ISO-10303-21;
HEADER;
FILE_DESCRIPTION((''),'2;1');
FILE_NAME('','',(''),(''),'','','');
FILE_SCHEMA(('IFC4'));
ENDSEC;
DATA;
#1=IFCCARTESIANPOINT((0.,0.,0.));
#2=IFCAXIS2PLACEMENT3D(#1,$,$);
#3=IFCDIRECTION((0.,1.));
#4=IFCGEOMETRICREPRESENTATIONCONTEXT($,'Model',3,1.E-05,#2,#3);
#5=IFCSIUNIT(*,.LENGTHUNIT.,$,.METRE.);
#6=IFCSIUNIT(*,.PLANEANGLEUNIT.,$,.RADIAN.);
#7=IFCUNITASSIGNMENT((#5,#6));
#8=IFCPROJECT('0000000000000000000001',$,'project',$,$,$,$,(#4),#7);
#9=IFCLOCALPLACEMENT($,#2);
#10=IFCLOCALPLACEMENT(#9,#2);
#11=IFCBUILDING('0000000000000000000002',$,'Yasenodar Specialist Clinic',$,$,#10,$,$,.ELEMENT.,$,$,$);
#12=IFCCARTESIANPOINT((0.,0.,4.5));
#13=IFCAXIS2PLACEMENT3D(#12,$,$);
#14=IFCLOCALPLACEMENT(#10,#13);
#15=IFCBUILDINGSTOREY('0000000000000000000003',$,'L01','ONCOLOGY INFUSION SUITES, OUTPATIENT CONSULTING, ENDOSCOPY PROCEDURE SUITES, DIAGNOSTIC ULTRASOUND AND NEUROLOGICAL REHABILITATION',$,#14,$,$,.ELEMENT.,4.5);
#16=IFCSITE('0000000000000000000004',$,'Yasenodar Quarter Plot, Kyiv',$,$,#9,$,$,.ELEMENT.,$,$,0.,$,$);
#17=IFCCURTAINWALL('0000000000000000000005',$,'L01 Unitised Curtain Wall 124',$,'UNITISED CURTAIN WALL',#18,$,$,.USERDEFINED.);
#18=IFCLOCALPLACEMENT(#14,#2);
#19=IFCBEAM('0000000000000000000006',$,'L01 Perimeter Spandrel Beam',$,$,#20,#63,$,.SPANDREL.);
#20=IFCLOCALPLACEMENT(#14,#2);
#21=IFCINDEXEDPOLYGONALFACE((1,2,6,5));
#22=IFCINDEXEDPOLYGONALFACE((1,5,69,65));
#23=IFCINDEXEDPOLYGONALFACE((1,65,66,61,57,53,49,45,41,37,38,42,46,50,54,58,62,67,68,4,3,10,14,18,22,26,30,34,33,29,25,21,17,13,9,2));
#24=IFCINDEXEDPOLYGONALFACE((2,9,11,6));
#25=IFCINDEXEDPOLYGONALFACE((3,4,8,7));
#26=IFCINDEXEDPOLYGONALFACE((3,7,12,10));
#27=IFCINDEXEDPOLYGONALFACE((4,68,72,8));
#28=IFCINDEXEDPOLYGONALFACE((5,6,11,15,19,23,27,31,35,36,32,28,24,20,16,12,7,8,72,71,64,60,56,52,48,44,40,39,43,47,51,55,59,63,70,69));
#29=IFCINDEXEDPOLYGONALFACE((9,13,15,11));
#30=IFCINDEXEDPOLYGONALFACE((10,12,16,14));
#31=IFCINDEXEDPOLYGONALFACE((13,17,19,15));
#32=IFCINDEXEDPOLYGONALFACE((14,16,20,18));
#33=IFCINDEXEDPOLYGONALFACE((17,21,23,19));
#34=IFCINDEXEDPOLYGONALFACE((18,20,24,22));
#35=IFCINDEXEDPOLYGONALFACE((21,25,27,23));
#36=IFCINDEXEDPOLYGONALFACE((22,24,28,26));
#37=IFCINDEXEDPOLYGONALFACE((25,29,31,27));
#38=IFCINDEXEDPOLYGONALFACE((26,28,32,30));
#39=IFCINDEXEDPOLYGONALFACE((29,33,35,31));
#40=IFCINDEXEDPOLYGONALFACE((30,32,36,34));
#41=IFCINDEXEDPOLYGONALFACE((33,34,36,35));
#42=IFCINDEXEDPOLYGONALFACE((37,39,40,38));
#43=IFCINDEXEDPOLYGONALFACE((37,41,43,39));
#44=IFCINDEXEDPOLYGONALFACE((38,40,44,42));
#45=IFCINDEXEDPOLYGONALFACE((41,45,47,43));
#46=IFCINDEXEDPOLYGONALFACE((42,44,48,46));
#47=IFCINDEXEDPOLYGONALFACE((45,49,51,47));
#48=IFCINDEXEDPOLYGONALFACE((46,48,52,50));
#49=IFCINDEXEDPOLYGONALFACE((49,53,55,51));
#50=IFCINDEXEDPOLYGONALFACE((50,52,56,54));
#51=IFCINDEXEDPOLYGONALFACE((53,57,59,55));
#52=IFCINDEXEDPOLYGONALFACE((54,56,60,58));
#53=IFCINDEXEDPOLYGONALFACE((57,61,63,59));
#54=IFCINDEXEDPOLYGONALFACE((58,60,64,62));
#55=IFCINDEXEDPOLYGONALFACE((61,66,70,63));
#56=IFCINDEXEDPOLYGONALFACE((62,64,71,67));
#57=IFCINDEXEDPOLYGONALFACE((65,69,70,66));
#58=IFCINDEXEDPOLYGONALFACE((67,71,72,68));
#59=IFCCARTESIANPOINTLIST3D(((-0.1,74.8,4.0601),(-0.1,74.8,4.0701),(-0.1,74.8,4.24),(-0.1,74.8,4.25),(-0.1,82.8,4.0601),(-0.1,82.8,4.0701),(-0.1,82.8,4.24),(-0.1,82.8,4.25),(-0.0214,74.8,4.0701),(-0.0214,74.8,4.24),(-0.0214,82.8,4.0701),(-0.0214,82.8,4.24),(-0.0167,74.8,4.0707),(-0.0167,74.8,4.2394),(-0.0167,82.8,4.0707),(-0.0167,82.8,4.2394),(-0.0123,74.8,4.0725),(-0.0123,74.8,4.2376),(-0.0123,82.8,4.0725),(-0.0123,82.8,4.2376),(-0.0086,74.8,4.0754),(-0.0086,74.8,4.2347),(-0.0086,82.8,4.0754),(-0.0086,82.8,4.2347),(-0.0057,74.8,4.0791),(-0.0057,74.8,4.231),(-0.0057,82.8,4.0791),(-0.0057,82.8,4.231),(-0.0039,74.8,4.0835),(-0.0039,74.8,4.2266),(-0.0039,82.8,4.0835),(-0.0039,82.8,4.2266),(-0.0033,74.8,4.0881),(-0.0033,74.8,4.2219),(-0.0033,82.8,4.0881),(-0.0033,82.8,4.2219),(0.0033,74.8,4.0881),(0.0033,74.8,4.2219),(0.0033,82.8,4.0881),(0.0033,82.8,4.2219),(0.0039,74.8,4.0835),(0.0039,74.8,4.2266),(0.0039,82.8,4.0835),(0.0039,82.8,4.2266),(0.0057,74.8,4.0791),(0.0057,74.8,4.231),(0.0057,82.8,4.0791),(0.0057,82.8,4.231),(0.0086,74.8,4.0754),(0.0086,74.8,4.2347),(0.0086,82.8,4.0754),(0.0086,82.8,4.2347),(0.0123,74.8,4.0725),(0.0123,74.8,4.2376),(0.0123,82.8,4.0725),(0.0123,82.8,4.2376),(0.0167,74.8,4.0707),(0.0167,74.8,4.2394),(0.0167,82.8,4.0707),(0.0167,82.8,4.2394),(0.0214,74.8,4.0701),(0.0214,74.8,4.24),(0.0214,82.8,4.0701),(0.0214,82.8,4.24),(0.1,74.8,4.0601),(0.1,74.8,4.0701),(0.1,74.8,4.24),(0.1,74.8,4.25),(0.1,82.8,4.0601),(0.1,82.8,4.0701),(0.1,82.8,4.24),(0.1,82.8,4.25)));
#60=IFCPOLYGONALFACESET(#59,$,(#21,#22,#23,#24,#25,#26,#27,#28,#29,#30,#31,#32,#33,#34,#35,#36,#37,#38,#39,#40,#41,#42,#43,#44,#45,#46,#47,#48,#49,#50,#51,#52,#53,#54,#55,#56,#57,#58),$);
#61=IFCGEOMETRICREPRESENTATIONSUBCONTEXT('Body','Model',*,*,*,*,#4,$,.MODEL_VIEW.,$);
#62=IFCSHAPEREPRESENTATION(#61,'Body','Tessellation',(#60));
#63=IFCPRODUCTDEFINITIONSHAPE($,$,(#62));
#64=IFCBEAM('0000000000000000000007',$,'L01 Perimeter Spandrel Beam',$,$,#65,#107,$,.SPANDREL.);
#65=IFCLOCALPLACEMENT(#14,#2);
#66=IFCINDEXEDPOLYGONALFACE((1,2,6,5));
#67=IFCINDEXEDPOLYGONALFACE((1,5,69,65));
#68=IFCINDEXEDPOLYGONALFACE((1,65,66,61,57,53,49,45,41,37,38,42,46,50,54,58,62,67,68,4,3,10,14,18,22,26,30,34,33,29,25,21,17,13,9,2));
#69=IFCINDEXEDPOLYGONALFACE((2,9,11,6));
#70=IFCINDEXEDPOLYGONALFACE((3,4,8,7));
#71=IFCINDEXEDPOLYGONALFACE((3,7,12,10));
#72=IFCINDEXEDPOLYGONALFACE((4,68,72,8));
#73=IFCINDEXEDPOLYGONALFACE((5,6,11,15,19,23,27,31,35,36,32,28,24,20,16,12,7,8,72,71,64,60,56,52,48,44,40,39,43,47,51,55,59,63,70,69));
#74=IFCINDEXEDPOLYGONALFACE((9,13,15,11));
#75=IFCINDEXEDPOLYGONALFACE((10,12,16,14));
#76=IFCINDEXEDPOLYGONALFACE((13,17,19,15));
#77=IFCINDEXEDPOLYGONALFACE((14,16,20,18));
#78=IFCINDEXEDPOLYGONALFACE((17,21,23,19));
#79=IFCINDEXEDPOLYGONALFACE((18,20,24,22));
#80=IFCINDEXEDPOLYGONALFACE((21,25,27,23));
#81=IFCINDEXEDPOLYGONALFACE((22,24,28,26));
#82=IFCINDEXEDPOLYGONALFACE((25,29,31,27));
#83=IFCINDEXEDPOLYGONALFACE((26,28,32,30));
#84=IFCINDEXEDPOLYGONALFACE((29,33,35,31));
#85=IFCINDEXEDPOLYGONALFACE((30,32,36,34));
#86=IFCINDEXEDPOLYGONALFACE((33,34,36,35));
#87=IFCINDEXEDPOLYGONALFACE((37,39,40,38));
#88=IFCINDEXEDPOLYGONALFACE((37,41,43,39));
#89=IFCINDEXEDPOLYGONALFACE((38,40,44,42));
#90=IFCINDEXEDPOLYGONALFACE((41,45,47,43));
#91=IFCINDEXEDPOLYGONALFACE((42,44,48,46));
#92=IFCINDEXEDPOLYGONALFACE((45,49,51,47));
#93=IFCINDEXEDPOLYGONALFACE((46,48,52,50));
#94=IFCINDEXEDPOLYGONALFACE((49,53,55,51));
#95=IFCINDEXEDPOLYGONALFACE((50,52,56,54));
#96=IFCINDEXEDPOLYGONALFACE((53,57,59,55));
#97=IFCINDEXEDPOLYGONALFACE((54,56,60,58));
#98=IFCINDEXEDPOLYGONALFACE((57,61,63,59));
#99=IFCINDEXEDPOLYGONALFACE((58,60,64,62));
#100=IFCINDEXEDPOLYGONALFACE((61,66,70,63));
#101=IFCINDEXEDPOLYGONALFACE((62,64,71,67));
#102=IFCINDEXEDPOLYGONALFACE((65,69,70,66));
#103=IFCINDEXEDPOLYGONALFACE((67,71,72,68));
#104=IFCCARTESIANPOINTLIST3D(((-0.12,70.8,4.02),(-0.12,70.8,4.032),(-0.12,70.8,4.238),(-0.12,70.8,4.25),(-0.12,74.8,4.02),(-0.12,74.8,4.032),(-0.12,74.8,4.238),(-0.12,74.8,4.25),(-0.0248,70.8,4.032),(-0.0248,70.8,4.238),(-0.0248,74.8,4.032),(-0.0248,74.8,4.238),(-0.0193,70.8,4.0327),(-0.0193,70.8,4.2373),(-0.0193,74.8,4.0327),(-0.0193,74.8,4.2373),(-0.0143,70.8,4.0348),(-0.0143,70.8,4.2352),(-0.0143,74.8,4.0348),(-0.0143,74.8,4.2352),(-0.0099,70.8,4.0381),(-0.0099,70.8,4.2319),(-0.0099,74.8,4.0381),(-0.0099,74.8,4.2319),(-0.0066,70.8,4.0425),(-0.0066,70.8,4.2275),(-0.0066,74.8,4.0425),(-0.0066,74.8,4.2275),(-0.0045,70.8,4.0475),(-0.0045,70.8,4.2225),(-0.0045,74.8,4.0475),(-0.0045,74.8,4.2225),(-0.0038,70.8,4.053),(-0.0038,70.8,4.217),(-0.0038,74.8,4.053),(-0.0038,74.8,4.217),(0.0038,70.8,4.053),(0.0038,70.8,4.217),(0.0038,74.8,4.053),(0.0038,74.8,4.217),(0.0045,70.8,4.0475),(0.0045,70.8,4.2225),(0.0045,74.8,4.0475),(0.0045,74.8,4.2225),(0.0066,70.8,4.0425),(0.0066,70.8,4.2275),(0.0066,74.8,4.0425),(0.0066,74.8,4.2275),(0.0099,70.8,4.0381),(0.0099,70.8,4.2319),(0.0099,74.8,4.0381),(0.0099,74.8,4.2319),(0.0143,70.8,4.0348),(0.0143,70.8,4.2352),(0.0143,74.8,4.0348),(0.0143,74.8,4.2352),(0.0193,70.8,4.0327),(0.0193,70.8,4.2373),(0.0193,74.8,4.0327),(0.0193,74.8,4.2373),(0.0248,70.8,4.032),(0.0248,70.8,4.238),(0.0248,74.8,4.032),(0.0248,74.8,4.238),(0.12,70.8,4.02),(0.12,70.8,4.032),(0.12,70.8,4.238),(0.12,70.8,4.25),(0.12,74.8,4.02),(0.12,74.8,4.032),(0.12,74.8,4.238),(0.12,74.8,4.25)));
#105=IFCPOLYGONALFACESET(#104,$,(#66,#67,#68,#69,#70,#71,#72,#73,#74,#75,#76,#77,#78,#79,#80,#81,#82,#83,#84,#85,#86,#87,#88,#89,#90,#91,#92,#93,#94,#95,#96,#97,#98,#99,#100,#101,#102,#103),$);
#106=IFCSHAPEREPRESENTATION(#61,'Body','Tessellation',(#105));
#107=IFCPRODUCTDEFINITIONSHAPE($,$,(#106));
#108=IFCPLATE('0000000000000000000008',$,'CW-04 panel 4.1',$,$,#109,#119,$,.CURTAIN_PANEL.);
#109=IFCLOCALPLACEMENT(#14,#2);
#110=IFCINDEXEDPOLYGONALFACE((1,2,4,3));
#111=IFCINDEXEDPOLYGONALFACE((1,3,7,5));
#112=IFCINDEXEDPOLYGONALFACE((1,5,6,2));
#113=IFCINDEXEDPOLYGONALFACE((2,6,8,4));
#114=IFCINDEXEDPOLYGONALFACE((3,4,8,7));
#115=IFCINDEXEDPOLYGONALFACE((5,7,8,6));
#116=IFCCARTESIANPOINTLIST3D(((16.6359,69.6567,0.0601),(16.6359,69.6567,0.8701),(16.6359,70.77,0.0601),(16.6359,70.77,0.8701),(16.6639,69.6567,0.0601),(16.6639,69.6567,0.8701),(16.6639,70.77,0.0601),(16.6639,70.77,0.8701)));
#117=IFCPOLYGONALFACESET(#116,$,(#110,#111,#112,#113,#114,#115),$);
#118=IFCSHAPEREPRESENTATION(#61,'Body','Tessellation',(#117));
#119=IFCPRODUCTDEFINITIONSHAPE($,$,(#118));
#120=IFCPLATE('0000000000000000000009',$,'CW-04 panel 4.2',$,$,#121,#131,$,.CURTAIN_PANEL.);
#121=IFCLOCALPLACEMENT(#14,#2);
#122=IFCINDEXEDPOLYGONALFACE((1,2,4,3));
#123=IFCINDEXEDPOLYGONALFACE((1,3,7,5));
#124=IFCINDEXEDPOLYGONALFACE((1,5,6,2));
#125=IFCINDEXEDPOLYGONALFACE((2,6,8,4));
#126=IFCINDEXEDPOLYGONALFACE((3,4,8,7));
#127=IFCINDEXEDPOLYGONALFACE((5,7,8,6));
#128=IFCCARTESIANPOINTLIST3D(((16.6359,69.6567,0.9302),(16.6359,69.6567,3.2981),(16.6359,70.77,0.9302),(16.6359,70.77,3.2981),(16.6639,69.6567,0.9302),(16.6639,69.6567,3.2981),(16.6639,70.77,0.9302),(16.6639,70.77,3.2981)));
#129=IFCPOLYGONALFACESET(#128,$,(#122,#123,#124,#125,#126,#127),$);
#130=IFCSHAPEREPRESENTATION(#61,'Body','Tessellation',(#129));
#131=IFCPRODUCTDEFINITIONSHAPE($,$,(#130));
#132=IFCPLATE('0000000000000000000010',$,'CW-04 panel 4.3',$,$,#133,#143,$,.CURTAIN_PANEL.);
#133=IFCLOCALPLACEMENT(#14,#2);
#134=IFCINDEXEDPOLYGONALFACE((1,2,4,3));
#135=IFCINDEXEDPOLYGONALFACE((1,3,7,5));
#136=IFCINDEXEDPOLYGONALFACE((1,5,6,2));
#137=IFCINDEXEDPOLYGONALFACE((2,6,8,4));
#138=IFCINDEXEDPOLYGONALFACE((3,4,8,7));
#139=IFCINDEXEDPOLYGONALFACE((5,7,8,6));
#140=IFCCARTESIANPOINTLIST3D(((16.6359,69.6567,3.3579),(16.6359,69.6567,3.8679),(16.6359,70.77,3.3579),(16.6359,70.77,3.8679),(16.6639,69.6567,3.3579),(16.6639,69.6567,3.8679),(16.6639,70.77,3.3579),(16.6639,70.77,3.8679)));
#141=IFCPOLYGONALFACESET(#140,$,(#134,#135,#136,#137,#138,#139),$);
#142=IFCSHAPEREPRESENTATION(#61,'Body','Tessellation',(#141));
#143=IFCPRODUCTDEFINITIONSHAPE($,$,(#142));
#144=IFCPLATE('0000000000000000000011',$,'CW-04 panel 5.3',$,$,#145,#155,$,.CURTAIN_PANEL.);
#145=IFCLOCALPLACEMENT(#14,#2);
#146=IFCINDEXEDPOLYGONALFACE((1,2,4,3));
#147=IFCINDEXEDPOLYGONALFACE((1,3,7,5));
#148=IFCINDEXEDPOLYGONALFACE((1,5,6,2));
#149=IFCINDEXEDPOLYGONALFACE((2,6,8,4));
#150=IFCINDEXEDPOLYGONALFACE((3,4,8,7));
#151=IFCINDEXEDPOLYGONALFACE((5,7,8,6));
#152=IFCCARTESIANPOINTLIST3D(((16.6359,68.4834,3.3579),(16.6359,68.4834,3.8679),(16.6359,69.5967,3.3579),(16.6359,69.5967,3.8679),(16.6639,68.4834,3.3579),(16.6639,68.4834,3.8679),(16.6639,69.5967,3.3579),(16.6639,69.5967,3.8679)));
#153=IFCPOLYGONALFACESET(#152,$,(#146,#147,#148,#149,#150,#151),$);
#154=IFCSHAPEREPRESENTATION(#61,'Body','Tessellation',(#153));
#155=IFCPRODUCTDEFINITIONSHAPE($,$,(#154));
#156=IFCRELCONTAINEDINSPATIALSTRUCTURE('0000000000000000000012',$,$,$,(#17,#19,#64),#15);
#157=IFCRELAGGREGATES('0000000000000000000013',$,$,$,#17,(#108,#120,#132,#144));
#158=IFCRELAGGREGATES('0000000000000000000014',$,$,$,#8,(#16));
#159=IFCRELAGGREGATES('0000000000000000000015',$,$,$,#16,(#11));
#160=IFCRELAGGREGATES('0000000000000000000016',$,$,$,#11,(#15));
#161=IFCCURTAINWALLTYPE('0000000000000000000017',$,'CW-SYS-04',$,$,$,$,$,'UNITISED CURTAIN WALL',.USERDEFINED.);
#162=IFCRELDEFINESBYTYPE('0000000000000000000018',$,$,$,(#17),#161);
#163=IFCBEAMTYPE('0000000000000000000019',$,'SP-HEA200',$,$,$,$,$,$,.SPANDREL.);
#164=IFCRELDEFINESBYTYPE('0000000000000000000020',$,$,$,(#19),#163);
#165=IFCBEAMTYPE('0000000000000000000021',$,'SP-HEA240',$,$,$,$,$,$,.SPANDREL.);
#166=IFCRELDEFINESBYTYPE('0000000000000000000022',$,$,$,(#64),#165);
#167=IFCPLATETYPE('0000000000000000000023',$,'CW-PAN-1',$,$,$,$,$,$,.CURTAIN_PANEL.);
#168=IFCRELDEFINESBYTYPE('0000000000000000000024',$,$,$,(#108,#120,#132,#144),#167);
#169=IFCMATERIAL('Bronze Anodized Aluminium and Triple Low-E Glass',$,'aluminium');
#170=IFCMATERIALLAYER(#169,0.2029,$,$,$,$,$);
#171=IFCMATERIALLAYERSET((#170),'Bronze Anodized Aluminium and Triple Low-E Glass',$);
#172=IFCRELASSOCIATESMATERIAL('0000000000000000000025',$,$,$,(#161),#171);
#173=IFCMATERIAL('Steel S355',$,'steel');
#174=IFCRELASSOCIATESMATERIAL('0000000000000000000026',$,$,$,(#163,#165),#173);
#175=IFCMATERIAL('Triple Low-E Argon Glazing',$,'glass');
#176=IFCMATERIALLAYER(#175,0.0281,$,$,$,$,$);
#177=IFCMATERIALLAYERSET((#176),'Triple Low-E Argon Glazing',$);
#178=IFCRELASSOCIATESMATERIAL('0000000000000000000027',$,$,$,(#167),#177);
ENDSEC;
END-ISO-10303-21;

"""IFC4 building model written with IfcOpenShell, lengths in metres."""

from ifc_helpers import new_model, si_unit, direction, frame, origin, origin_2d, place, context, subcontext, project, spatial, rectangle, i_section, extrude, material, layer, layer_set, material_profile, profile_set, type_object, element, aggregate, save


model = new_model("IFC4")

# Units and contexts
model_context = context("Model", 3, precision=1e-05, world=origin(), true_north=direction((0.0, 1.0)))
body_context = subcontext(model_context, "Body", "Model", "MODEL_VIEW")
ifc_project = project(units=[si_unit("LENGTHUNIT", "METRE"), si_unit("PLANEANGLEUNIT", "RADIAN")], contexts=[model_context])

# Site, building, storey
site_placement = place(None, origin())
site = spatial("IfcSite", under=ifc_project, at=site_placement, Name="Yasenodar Quarter Plot, Kyiv", CompositionType="ELEMENT", RefElevation=0.0)
building_placement = place(site_placement, origin())
building = spatial("IfcBuilding", under=site, at=building_placement, Name="Yasenodar Specialist Clinic", CompositionType="ELEMENT")
storey_placement = place(building_placement, frame((0.0, 0.0, 4.5)))
storey = spatial("IfcBuildingStorey", under=building, at=storey_placement, Name="L01", Description="ONCOLOGY INFUSION SUITES, OUTPATIENT CONSULTING, ENDOSCOPY PROCEDURE SUITES, DIAGNOSTIC ULTRASOUND AND NEUROLOGICAL REHABILITATION", CompositionType="ELEMENT", Elevation=4.5)

# Shared definitions
ifc_material_1 = material(Name="Steel S355", Category="steel")

# Curtain wall
ifc_material_2 = material(Name="Bronze Anodized Aluminium and Triple Low-E Glass", Category="aluminium")
ifc_layer_1 = layer(ifc_material_2, 0.2029)
ifc_layer_set_1 = layer_set([ifc_layer_1], Name="Bronze Anodized Aluminium and Triple Low-E Glass")
curtain_wall_type = type_object("IfcCurtainWallType", Name="CW-SYS-04", ElementType="UNITISED CURTAIN WALL", PredefinedType="USERDEFINED", material=ifc_layer_set_1)
curtain_wall_placement = place(storey_placement, origin())
curtain_wall = element("IfcCurtainWall", 1, at=curtain_wall_placement, inside=storey, type_object=curtain_wall_type, Name="L01 Unitised Curtain Wall 124", ObjectType="UNITISED CURTAIN WALL", PredefinedType="USERDEFINED")

# Beams
ifc_material_profile_1 = material_profile(ifc_material_1, i_section(OverallWidth=0.2, OverallDepth=0.1899, WebThickness=0.0066, FlangeThickness=0.01, FilletRadius=0.0181, at=origin_2d()), Name="HEA 200")
ifc_profile_set_1 = profile_set([ifc_material_profile_1], Name="Steel S355")
beam_type_1 = type_object("IfcBeamType", Name="SP-HEA200", PredefinedType="SPANDREL", material=ifc_profile_set_1)
beam_1_placement = place(storey_placement, frame((0.0, 74.8, 4.155), z_axis=(0.0, 1.0, 0.0), x_axis=(-1.0, 0.0, 0.0)))
element("IfcBeam", 2, at=beam_1_placement, inside=storey, type_object=beam_type_1, Name="L01 Perimeter Spandrel Beam", PredefinedType="SPANDREL", context=body_context, shape_type="SweptSolid", body=[
    extrude(i_section(OverallWidth=0.2, OverallDepth=0.1899, WebThickness=0.0066, FlangeThickness=0.01, FilletRadius=0.0181, at=origin_2d()), origin(), (0.0, 0.0, 1.0), 8.0),
])
ifc_material_profile_2 = material_profile(ifc_material_1, i_section(OverallWidth=0.24, OverallDepth=0.23, WebThickness=0.0076, FlangeThickness=0.012, FilletRadius=0.021, at=origin_2d()), Name="HEA 240")
ifc_profile_set_2 = profile_set([ifc_material_profile_2], Name="Steel S355")
beam_type_2 = type_object("IfcBeamType", Name="SP-HEA240", PredefinedType="SPANDREL", material=ifc_profile_set_2)
beam_2_placement = place(storey_placement, frame((0.0, 70.8, 4.135), z_axis=(0.0, 1.0, 0.0), x_axis=(-1.0, 0.0, 0.0)))
element("IfcBeam", 3, at=beam_2_placement, inside=storey, type_object=beam_type_2, Name="L01 Perimeter Spandrel Beam", PredefinedType="SPANDREL", context=body_context, shape_type="SweptSolid", body=[
    extrude(i_section(OverallWidth=0.24, OverallDepth=0.23, WebThickness=0.0076, FlangeThickness=0.012, FilletRadius=0.021, at=origin_2d()), origin(), (0.0, 0.0, 1.0), 4.0),
])

# Plates
ifc_material_3 = material(Name="Triple Low-E Argon Glazing", Category="glass")
ifc_layer_2 = layer(ifc_material_3, 0.0281)
ifc_layer_set_2 = layer_set([ifc_layer_2], Name="Triple Low-E Argon Glazing")
plate_type = type_object("IfcPlateType", Name="CW-PAN-1", PredefinedType="CURTAIN_PANEL", material=ifc_layer_set_2)
plate_1_placement = place(storey_placement, frame((16.6499, 70.2134, 0.0601), z_axis=(0.0, 0.0, 1.0), x_axis=(0.0, -1.0, 0.0)))
plate_1 = element("IfcPlate", 4, at=plate_1_placement, type_object=plate_type, Name="CW-04 panel 4.1", PredefinedType="CURTAIN_PANEL", context=body_context, shape_type="SweptSolid", body=[
    extrude(rectangle(XDim=1.1133, YDim=0.0281, at=origin_2d()), origin(), (0.0, 0.0, 1.0), 0.8101),
])
plate_2_placement = place(storey_placement, frame((16.6499, 70.2134, 0.9302), z_axis=(0.0, 0.0, 1.0), x_axis=(0.0, -1.0, 0.0)))
plate_2 = element("IfcPlate", 5, at=plate_2_placement, type_object=plate_type, Name="CW-04 panel 4.2", PredefinedType="CURTAIN_PANEL", context=body_context, shape_type="SweptSolid", body=[
    extrude(rectangle(XDim=1.1133, YDim=0.0281, at=origin_2d()), origin(), (0.0, 0.0, 1.0), 2.3679),
])
plate_3_placement = place(storey_placement, frame((16.6499, 70.2134, 3.3579), z_axis=(0.0, 0.0, 1.0), x_axis=(0.0, -1.0, 0.0)))
plate_3 = element("IfcPlate", 6, at=plate_3_placement, type_object=plate_type, Name="CW-04 panel 4.3", PredefinedType="CURTAIN_PANEL", context=body_context, shape_type="SweptSolid", body=[
    extrude(rectangle(XDim=1.1133, YDim=0.0281, at=origin_2d()), origin(), (0.0, 0.0, 1.0), 0.51),
])
plate_4_placement = place(storey_placement, frame((16.6499, 69.04, 3.3579), z_axis=(0.0, 0.0, 1.0), x_axis=(0.0, -1.0, 0.0)))
plate_4 = element("IfcPlate", 7, at=plate_4_placement, type_object=plate_type, Name="CW-04 panel 5.3", PredefinedType="CURTAIN_PANEL", context=body_context, shape_type="SweptSolid", body=[
    extrude(rectangle(XDim=1.1133, YDim=0.0281, at=origin_2d()), origin(), (0.0, 0.0, 1.0), 0.51),
])
aggregate(curtain_wall, [plate_1, plate_2, plate_3, plate_4])

save(model, "model.ifc")
